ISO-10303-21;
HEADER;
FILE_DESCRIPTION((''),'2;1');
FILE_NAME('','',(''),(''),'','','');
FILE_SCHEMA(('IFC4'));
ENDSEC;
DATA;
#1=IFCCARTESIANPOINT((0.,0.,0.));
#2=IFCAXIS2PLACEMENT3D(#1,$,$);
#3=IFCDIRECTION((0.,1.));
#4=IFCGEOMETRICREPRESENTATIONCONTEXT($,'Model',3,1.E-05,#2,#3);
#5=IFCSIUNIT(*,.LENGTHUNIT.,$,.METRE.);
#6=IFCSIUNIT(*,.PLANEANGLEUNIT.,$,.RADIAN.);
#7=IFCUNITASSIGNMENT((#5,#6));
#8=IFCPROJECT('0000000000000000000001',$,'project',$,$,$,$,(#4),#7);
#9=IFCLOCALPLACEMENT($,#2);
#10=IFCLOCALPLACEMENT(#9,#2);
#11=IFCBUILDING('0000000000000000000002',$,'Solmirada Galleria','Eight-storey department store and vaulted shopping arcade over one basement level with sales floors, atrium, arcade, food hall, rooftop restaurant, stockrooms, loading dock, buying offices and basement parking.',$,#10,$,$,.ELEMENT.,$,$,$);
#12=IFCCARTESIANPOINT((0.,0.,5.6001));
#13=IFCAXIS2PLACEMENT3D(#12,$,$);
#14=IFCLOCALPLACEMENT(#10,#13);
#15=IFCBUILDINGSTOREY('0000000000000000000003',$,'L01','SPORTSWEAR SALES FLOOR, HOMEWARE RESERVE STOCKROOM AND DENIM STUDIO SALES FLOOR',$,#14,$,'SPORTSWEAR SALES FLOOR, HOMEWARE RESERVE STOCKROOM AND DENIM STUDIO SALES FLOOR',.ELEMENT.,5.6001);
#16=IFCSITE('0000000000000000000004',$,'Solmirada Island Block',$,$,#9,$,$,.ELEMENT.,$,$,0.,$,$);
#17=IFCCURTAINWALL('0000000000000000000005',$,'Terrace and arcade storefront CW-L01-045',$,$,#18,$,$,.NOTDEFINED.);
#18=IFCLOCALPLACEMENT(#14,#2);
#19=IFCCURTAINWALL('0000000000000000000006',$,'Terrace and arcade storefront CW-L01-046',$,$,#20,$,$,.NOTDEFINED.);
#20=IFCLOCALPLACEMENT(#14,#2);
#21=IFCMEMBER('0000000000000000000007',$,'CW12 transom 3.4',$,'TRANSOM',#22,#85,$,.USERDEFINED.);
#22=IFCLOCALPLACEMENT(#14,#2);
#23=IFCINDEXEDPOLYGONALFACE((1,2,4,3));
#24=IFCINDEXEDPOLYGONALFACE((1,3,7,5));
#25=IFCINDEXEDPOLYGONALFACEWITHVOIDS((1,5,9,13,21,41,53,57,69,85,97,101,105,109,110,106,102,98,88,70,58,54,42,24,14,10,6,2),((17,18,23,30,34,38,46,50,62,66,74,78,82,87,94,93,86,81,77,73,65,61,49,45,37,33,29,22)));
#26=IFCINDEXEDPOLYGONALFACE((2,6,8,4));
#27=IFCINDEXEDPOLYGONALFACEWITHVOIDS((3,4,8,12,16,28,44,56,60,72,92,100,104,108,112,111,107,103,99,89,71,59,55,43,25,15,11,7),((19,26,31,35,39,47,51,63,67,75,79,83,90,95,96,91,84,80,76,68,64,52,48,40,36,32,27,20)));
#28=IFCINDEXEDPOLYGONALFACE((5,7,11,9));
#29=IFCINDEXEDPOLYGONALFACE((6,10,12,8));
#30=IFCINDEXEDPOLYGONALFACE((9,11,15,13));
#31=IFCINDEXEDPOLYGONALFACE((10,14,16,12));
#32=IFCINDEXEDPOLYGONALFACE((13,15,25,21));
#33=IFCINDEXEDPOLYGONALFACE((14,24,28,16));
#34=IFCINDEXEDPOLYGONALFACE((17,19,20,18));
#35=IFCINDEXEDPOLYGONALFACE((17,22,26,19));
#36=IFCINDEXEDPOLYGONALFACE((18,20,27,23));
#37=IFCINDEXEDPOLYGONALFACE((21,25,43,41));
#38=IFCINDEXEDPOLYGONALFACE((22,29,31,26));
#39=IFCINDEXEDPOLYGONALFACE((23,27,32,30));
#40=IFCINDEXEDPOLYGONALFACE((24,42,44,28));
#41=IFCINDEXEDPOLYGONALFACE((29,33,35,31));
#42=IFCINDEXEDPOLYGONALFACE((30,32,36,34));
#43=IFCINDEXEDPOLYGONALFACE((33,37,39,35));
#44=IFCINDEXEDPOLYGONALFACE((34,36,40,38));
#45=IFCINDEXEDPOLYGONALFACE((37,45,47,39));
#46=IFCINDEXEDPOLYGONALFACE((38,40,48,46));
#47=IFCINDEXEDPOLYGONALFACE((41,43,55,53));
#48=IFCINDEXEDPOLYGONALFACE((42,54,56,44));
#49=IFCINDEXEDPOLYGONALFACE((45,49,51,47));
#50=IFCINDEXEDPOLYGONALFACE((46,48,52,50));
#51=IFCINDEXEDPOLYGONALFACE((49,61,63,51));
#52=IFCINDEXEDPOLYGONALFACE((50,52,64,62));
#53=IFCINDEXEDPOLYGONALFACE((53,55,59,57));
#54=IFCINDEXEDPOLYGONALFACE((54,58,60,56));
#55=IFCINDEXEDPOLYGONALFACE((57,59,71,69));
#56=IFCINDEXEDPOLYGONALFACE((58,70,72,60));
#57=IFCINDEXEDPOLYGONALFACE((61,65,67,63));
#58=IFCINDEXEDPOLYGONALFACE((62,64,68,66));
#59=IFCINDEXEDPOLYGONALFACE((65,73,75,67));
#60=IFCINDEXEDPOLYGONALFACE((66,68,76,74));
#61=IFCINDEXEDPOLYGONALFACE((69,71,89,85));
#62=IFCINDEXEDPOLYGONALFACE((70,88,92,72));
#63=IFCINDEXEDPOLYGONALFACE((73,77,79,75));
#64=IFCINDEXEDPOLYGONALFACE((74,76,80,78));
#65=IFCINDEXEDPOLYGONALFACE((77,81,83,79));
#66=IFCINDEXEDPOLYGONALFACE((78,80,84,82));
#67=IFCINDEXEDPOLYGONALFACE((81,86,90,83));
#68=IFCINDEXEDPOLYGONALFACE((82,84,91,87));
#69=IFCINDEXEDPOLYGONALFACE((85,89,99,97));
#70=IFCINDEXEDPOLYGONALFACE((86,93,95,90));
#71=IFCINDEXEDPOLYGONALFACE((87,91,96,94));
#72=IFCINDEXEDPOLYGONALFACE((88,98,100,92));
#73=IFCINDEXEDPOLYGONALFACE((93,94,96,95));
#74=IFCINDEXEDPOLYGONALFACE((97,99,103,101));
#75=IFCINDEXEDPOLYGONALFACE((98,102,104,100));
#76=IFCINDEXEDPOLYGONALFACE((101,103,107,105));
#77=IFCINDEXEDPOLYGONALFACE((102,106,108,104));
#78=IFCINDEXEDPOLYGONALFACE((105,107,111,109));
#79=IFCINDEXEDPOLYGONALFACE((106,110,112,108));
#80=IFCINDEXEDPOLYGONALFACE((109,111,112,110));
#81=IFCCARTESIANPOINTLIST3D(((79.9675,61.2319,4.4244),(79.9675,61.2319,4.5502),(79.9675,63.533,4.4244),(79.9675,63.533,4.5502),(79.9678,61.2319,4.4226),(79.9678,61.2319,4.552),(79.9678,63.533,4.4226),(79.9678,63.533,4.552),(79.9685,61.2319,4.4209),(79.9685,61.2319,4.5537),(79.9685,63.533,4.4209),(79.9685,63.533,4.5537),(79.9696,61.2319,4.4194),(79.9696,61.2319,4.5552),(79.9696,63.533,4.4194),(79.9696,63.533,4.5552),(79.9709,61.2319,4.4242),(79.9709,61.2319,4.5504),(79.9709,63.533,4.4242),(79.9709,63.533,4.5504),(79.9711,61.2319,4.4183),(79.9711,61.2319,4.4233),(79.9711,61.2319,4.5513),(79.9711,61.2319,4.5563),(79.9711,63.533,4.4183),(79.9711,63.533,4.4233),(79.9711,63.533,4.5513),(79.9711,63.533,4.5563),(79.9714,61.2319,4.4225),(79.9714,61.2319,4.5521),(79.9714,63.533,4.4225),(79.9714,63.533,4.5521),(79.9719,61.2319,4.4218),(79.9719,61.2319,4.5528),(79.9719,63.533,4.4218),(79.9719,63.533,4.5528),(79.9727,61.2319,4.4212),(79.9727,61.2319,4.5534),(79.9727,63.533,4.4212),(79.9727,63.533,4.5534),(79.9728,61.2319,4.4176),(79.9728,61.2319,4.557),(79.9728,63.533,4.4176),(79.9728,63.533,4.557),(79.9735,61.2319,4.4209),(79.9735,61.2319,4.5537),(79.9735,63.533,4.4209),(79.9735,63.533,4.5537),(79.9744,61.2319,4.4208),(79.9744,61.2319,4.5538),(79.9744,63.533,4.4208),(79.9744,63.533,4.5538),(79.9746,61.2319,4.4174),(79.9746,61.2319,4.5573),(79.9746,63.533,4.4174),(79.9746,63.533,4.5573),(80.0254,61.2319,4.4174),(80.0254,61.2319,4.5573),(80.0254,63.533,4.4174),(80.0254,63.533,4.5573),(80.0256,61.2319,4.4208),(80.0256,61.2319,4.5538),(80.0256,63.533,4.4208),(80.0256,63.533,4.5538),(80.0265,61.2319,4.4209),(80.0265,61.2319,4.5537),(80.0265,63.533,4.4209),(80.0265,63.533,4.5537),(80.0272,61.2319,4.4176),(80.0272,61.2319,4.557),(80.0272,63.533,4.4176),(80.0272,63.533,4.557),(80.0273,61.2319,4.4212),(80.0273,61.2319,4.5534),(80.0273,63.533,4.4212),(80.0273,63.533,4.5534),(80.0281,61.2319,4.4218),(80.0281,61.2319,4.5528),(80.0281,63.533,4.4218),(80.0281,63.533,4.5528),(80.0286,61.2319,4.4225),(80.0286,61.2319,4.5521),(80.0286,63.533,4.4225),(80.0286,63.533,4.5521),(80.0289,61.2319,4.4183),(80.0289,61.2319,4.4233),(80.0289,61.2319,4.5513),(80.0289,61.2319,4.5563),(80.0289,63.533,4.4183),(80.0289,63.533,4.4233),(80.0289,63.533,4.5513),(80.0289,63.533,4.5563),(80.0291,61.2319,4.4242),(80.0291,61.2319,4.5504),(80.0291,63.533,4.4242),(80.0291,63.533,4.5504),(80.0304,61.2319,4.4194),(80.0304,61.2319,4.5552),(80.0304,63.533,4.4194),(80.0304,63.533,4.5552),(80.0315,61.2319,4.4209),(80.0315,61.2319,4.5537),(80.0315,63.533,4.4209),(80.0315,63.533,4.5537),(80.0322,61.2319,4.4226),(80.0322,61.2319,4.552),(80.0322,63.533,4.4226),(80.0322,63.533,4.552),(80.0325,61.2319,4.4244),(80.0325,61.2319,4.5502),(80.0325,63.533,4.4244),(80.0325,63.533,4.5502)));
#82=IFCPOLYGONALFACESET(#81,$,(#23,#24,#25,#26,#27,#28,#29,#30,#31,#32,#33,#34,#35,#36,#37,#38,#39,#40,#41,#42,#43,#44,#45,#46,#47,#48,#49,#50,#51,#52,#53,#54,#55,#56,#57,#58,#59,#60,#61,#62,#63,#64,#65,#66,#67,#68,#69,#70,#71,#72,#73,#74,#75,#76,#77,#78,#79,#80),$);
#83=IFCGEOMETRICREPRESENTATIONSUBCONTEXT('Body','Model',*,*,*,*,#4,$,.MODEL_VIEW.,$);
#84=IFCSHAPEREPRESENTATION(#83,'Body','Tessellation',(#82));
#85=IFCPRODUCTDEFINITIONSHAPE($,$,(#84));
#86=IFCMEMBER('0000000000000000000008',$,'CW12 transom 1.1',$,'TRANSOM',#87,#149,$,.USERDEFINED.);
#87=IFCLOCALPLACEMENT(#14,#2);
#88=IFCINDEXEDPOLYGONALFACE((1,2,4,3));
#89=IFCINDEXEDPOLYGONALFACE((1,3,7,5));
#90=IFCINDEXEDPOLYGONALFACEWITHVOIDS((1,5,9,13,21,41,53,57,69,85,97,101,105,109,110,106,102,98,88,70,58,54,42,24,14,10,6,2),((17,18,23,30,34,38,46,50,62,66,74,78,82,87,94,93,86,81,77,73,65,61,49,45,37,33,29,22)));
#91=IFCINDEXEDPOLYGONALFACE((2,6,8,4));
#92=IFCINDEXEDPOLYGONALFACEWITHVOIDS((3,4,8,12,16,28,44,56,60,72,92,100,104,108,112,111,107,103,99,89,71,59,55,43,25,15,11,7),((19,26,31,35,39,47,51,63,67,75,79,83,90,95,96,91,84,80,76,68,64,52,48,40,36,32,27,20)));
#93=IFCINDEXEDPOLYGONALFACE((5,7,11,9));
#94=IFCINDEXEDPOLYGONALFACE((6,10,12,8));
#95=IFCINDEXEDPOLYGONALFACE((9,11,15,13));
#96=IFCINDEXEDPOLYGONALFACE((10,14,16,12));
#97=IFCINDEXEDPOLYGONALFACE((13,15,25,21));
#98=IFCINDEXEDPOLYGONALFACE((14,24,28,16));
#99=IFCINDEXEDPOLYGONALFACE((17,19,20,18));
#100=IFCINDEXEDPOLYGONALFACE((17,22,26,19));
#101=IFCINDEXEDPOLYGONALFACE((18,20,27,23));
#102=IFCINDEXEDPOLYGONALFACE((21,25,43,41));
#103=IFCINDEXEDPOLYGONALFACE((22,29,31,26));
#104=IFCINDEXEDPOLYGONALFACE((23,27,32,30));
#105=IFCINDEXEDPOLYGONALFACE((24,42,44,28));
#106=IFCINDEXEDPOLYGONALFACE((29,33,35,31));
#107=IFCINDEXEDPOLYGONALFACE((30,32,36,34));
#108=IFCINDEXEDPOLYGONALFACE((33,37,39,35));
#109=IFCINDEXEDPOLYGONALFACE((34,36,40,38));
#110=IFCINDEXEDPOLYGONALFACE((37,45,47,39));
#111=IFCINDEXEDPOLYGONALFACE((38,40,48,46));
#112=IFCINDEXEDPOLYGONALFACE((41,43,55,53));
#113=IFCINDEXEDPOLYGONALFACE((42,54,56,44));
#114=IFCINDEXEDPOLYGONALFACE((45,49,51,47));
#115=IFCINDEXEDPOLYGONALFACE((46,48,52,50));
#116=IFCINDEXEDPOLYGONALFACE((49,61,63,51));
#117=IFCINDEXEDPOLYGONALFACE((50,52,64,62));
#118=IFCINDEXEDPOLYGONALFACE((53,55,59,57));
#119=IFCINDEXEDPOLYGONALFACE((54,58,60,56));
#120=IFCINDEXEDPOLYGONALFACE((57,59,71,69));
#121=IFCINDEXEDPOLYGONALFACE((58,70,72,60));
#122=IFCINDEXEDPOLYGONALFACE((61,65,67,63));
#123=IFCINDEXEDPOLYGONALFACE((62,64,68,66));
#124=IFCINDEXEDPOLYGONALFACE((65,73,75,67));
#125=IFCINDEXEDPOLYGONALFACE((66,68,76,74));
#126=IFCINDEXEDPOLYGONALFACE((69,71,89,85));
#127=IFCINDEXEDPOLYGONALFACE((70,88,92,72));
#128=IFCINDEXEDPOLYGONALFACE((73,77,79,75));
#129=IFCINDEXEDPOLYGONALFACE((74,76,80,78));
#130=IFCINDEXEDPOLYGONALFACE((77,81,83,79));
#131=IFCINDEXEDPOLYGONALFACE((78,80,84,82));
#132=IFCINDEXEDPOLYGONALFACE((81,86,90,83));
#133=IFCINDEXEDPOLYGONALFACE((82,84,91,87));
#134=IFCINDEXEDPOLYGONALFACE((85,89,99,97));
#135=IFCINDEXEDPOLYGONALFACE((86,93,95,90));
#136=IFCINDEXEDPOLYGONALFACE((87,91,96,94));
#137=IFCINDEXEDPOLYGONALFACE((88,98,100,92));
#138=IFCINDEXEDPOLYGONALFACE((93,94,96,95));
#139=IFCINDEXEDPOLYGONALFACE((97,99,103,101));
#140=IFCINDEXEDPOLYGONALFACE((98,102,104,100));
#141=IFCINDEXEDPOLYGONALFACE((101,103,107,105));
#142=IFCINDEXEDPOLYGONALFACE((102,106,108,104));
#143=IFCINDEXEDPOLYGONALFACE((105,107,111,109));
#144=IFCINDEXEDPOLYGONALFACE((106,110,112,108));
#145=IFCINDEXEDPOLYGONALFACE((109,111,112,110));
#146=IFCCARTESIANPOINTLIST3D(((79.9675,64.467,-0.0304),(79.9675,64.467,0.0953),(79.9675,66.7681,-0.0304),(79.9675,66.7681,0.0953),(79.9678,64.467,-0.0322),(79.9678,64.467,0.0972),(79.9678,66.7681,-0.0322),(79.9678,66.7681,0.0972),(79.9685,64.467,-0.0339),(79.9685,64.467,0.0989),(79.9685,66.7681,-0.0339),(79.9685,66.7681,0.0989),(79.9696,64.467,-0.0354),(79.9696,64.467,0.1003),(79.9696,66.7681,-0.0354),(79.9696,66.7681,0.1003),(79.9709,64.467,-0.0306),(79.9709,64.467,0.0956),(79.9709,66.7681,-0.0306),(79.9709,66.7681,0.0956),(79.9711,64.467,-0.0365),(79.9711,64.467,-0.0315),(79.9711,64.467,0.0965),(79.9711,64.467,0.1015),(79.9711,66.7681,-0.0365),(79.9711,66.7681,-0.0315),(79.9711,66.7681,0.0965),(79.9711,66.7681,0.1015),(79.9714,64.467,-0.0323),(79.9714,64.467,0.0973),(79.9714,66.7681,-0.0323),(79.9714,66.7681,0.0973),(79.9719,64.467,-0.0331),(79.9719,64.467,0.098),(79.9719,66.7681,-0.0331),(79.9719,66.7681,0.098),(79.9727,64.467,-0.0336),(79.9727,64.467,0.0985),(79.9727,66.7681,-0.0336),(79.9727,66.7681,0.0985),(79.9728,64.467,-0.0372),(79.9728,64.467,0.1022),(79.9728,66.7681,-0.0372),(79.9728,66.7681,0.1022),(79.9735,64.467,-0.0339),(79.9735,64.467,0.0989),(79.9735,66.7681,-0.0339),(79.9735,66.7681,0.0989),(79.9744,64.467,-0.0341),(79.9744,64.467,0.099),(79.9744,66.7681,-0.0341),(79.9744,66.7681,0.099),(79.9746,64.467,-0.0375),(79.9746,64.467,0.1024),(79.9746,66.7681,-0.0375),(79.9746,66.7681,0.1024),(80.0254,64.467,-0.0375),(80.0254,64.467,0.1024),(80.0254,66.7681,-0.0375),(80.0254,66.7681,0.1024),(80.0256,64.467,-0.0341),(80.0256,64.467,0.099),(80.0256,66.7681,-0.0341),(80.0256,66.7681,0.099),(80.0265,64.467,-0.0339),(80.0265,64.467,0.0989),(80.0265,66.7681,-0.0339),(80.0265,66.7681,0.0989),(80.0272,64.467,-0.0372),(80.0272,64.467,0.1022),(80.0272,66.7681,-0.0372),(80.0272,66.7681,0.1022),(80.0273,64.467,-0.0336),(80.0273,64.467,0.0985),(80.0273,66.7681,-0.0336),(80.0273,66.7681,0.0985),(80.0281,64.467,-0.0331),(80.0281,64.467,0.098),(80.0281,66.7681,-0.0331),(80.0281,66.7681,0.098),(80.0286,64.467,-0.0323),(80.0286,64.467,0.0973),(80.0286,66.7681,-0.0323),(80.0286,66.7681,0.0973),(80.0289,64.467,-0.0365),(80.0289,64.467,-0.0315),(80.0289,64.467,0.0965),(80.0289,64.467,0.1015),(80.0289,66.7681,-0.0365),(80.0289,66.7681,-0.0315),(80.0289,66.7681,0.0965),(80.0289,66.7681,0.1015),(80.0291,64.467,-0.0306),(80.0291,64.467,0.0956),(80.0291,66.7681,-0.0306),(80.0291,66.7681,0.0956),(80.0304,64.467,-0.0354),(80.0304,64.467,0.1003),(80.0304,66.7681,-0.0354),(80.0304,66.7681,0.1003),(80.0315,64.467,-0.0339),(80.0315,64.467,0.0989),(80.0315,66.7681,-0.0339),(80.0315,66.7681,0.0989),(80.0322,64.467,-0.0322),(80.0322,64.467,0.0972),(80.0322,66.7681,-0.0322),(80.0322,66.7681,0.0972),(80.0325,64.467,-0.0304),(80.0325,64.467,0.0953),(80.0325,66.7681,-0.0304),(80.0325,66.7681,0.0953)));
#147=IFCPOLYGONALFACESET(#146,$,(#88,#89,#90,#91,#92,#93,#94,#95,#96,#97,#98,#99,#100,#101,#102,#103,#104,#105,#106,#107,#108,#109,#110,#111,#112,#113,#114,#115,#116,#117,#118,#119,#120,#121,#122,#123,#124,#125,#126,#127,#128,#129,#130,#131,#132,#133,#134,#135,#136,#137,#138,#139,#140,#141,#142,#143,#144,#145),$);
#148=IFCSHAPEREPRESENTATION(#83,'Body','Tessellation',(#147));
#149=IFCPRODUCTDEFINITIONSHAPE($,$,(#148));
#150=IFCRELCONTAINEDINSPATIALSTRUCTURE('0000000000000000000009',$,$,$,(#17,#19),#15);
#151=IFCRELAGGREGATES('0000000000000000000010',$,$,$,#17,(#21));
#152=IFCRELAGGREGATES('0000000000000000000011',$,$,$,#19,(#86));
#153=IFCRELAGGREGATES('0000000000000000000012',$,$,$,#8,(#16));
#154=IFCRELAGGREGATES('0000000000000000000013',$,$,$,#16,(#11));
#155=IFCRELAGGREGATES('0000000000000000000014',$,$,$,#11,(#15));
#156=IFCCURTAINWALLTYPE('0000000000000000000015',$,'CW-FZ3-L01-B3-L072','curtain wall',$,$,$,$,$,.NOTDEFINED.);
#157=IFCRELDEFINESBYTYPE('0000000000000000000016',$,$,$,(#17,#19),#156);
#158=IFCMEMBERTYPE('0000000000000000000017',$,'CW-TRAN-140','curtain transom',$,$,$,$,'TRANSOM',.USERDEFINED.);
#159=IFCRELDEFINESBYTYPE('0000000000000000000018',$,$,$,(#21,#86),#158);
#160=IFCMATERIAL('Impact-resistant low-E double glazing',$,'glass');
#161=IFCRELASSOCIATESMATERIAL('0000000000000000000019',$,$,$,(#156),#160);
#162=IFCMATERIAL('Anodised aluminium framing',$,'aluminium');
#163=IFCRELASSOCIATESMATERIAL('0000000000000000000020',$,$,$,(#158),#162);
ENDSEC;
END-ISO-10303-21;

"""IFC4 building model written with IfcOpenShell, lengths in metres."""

from ifc_helpers import new_model, si_unit, direction, frame, origin, origin_2d, place, context, subcontext, project, spatial, hollow_rectangle, extrude, material, material_profile, profile_set, type_object, element, aggregate, save


model = new_model("IFC4")

# Units and contexts
model_context = context("Model", 3, precision=1e-05, world=origin(), true_north=direction((0.0, 1.0)))
body_context = subcontext(model_context, "Body", "Model", "MODEL_VIEW")
ifc_project = project(units=[si_unit("LENGTHUNIT", "METRE"), si_unit("PLANEANGLEUNIT", "RADIAN")], contexts=[model_context])

# Site, building, storey
site_placement = place(None, origin())
site = spatial("IfcSite", under=ifc_project, at=site_placement, Name="Solmirada Island Block", CompositionType="ELEMENT", RefElevation=0.0)
building_placement = place(site_placement, origin())
building = spatial("IfcBuilding", under=site, at=building_placement, Name="Solmirada Galleria", Description="Eight-storey department store and vaulted shopping arcade over one basement level with sales floors, atrium, arcade, food hall, rooftop restaurant, stockrooms, loading dock, buying offices and basement parking.", CompositionType="ELEMENT")
storey_placement = place(building_placement, frame((0.0, 0.0, 5.6001)))
storey = spatial("IfcBuildingStorey", under=building, at=storey_placement, Name="L01", Description="SPORTSWEAR SALES FLOOR, HOMEWARE RESERVE STOCKROOM AND DENIM STUDIO SALES FLOOR", LongName="SPORTSWEAR SALES FLOOR, HOMEWARE RESERVE STOCKROOM AND DENIM STUDIO SALES FLOOR", CompositionType="ELEMENT", Elevation=5.6001)

# Curtain wall
ifc_material_1 = material(Name="Impact-resistant low-E double glazing", Category="glass")
curtain_wall_type = type_object("IfcCurtainWallType", Name="CW-FZ3-L01-B3-L072", Description="curtain wall", PredefinedType="NOTDEFINED", material=ifc_material_1)
curtain_wall_1_placement = place(storey_placement, origin())
curtain_wall_1 = element("IfcCurtainWall", 1, at=curtain_wall_1_placement, inside=storey, type_object=curtain_wall_type, Name="Terrace and arcade storefront CW-L01-045", PredefinedType="NOTDEFINED")
ifc_material_2 = material(Name="Anodised aluminium framing", Category="aluminium")

# Curtain wall
curtain_wall_2_placement = place(storey_placement, origin())
curtain_wall_2 = element("IfcCurtainWall", 2, at=curtain_wall_2_placement, inside=storey, type_object=curtain_wall_type, Name="Terrace and arcade storefront CW-L01-046", PredefinedType="NOTDEFINED")

# Members
ifc_material_profile_1 = material_profile(ifc_material_2, hollow_rectangle(XDim=0.0649, YDim=0.1399, WallThickness=0.0034, InnerFilletRadius=0.0034, OuterFilletRadius=0.0071, at=origin_2d()), Name="ALU-TRAN-140X65")
ifc_profile_set_1 = profile_set([ifc_material_profile_1], Name="Anodised aluminium framing")
member_type_1 = type_object("IfcMemberType", Name="CW-TRAN-140", Description="curtain transom", ElementType="TRANSOM", PredefinedType="USERDEFINED", material=ifc_profile_set_1)
member_1_placement = place(storey_placement, frame((80.0, 61.2319, 4.4873), z_axis=(0.0, 1.0, 0.0), x_axis=(-1.0, 0.0, 0.0)))
member_1 = element("IfcMember", 3, at=member_1_placement, type_object=member_type_1, Name="CW12 transom 3.4", ObjectType="TRANSOM", PredefinedType="USERDEFINED", context=body_context, shape_type="SweptSolid", body=[
    extrude(hollow_rectangle(XDim=0.0649, YDim=0.1399, WallThickness=0.0034, InnerFilletRadius=0.0034, OuterFilletRadius=0.0071, at=origin_2d()), origin(), (0.0, 0.0, 1.0), 2.301),
])
member_2_placement = place(storey_placement, frame((80.0, 64.467, 0.0325), z_axis=(0.0, 1.0, 0.0), x_axis=(-1.0, 0.0, 0.0)))
member_2 = element("IfcMember", 4, at=member_2_placement, type_object=member_type_1, Name="CW12 transom 1.1", ObjectType="TRANSOM", PredefinedType="USERDEFINED", context=body_context, shape_type="SweptSolid", body=[
    extrude(hollow_rectangle(XDim=0.0649, YDim=0.1399, WallThickness=0.0034, InnerFilletRadius=0.0034, OuterFilletRadius=0.0071, at=origin_2d()), origin(), (0.0, 0.0, 1.0), 2.301),
])

aggregate(curtain_wall_1, [member_1])
aggregate(curtain_wall_2, [member_2])

save(model, "model.ifc")
